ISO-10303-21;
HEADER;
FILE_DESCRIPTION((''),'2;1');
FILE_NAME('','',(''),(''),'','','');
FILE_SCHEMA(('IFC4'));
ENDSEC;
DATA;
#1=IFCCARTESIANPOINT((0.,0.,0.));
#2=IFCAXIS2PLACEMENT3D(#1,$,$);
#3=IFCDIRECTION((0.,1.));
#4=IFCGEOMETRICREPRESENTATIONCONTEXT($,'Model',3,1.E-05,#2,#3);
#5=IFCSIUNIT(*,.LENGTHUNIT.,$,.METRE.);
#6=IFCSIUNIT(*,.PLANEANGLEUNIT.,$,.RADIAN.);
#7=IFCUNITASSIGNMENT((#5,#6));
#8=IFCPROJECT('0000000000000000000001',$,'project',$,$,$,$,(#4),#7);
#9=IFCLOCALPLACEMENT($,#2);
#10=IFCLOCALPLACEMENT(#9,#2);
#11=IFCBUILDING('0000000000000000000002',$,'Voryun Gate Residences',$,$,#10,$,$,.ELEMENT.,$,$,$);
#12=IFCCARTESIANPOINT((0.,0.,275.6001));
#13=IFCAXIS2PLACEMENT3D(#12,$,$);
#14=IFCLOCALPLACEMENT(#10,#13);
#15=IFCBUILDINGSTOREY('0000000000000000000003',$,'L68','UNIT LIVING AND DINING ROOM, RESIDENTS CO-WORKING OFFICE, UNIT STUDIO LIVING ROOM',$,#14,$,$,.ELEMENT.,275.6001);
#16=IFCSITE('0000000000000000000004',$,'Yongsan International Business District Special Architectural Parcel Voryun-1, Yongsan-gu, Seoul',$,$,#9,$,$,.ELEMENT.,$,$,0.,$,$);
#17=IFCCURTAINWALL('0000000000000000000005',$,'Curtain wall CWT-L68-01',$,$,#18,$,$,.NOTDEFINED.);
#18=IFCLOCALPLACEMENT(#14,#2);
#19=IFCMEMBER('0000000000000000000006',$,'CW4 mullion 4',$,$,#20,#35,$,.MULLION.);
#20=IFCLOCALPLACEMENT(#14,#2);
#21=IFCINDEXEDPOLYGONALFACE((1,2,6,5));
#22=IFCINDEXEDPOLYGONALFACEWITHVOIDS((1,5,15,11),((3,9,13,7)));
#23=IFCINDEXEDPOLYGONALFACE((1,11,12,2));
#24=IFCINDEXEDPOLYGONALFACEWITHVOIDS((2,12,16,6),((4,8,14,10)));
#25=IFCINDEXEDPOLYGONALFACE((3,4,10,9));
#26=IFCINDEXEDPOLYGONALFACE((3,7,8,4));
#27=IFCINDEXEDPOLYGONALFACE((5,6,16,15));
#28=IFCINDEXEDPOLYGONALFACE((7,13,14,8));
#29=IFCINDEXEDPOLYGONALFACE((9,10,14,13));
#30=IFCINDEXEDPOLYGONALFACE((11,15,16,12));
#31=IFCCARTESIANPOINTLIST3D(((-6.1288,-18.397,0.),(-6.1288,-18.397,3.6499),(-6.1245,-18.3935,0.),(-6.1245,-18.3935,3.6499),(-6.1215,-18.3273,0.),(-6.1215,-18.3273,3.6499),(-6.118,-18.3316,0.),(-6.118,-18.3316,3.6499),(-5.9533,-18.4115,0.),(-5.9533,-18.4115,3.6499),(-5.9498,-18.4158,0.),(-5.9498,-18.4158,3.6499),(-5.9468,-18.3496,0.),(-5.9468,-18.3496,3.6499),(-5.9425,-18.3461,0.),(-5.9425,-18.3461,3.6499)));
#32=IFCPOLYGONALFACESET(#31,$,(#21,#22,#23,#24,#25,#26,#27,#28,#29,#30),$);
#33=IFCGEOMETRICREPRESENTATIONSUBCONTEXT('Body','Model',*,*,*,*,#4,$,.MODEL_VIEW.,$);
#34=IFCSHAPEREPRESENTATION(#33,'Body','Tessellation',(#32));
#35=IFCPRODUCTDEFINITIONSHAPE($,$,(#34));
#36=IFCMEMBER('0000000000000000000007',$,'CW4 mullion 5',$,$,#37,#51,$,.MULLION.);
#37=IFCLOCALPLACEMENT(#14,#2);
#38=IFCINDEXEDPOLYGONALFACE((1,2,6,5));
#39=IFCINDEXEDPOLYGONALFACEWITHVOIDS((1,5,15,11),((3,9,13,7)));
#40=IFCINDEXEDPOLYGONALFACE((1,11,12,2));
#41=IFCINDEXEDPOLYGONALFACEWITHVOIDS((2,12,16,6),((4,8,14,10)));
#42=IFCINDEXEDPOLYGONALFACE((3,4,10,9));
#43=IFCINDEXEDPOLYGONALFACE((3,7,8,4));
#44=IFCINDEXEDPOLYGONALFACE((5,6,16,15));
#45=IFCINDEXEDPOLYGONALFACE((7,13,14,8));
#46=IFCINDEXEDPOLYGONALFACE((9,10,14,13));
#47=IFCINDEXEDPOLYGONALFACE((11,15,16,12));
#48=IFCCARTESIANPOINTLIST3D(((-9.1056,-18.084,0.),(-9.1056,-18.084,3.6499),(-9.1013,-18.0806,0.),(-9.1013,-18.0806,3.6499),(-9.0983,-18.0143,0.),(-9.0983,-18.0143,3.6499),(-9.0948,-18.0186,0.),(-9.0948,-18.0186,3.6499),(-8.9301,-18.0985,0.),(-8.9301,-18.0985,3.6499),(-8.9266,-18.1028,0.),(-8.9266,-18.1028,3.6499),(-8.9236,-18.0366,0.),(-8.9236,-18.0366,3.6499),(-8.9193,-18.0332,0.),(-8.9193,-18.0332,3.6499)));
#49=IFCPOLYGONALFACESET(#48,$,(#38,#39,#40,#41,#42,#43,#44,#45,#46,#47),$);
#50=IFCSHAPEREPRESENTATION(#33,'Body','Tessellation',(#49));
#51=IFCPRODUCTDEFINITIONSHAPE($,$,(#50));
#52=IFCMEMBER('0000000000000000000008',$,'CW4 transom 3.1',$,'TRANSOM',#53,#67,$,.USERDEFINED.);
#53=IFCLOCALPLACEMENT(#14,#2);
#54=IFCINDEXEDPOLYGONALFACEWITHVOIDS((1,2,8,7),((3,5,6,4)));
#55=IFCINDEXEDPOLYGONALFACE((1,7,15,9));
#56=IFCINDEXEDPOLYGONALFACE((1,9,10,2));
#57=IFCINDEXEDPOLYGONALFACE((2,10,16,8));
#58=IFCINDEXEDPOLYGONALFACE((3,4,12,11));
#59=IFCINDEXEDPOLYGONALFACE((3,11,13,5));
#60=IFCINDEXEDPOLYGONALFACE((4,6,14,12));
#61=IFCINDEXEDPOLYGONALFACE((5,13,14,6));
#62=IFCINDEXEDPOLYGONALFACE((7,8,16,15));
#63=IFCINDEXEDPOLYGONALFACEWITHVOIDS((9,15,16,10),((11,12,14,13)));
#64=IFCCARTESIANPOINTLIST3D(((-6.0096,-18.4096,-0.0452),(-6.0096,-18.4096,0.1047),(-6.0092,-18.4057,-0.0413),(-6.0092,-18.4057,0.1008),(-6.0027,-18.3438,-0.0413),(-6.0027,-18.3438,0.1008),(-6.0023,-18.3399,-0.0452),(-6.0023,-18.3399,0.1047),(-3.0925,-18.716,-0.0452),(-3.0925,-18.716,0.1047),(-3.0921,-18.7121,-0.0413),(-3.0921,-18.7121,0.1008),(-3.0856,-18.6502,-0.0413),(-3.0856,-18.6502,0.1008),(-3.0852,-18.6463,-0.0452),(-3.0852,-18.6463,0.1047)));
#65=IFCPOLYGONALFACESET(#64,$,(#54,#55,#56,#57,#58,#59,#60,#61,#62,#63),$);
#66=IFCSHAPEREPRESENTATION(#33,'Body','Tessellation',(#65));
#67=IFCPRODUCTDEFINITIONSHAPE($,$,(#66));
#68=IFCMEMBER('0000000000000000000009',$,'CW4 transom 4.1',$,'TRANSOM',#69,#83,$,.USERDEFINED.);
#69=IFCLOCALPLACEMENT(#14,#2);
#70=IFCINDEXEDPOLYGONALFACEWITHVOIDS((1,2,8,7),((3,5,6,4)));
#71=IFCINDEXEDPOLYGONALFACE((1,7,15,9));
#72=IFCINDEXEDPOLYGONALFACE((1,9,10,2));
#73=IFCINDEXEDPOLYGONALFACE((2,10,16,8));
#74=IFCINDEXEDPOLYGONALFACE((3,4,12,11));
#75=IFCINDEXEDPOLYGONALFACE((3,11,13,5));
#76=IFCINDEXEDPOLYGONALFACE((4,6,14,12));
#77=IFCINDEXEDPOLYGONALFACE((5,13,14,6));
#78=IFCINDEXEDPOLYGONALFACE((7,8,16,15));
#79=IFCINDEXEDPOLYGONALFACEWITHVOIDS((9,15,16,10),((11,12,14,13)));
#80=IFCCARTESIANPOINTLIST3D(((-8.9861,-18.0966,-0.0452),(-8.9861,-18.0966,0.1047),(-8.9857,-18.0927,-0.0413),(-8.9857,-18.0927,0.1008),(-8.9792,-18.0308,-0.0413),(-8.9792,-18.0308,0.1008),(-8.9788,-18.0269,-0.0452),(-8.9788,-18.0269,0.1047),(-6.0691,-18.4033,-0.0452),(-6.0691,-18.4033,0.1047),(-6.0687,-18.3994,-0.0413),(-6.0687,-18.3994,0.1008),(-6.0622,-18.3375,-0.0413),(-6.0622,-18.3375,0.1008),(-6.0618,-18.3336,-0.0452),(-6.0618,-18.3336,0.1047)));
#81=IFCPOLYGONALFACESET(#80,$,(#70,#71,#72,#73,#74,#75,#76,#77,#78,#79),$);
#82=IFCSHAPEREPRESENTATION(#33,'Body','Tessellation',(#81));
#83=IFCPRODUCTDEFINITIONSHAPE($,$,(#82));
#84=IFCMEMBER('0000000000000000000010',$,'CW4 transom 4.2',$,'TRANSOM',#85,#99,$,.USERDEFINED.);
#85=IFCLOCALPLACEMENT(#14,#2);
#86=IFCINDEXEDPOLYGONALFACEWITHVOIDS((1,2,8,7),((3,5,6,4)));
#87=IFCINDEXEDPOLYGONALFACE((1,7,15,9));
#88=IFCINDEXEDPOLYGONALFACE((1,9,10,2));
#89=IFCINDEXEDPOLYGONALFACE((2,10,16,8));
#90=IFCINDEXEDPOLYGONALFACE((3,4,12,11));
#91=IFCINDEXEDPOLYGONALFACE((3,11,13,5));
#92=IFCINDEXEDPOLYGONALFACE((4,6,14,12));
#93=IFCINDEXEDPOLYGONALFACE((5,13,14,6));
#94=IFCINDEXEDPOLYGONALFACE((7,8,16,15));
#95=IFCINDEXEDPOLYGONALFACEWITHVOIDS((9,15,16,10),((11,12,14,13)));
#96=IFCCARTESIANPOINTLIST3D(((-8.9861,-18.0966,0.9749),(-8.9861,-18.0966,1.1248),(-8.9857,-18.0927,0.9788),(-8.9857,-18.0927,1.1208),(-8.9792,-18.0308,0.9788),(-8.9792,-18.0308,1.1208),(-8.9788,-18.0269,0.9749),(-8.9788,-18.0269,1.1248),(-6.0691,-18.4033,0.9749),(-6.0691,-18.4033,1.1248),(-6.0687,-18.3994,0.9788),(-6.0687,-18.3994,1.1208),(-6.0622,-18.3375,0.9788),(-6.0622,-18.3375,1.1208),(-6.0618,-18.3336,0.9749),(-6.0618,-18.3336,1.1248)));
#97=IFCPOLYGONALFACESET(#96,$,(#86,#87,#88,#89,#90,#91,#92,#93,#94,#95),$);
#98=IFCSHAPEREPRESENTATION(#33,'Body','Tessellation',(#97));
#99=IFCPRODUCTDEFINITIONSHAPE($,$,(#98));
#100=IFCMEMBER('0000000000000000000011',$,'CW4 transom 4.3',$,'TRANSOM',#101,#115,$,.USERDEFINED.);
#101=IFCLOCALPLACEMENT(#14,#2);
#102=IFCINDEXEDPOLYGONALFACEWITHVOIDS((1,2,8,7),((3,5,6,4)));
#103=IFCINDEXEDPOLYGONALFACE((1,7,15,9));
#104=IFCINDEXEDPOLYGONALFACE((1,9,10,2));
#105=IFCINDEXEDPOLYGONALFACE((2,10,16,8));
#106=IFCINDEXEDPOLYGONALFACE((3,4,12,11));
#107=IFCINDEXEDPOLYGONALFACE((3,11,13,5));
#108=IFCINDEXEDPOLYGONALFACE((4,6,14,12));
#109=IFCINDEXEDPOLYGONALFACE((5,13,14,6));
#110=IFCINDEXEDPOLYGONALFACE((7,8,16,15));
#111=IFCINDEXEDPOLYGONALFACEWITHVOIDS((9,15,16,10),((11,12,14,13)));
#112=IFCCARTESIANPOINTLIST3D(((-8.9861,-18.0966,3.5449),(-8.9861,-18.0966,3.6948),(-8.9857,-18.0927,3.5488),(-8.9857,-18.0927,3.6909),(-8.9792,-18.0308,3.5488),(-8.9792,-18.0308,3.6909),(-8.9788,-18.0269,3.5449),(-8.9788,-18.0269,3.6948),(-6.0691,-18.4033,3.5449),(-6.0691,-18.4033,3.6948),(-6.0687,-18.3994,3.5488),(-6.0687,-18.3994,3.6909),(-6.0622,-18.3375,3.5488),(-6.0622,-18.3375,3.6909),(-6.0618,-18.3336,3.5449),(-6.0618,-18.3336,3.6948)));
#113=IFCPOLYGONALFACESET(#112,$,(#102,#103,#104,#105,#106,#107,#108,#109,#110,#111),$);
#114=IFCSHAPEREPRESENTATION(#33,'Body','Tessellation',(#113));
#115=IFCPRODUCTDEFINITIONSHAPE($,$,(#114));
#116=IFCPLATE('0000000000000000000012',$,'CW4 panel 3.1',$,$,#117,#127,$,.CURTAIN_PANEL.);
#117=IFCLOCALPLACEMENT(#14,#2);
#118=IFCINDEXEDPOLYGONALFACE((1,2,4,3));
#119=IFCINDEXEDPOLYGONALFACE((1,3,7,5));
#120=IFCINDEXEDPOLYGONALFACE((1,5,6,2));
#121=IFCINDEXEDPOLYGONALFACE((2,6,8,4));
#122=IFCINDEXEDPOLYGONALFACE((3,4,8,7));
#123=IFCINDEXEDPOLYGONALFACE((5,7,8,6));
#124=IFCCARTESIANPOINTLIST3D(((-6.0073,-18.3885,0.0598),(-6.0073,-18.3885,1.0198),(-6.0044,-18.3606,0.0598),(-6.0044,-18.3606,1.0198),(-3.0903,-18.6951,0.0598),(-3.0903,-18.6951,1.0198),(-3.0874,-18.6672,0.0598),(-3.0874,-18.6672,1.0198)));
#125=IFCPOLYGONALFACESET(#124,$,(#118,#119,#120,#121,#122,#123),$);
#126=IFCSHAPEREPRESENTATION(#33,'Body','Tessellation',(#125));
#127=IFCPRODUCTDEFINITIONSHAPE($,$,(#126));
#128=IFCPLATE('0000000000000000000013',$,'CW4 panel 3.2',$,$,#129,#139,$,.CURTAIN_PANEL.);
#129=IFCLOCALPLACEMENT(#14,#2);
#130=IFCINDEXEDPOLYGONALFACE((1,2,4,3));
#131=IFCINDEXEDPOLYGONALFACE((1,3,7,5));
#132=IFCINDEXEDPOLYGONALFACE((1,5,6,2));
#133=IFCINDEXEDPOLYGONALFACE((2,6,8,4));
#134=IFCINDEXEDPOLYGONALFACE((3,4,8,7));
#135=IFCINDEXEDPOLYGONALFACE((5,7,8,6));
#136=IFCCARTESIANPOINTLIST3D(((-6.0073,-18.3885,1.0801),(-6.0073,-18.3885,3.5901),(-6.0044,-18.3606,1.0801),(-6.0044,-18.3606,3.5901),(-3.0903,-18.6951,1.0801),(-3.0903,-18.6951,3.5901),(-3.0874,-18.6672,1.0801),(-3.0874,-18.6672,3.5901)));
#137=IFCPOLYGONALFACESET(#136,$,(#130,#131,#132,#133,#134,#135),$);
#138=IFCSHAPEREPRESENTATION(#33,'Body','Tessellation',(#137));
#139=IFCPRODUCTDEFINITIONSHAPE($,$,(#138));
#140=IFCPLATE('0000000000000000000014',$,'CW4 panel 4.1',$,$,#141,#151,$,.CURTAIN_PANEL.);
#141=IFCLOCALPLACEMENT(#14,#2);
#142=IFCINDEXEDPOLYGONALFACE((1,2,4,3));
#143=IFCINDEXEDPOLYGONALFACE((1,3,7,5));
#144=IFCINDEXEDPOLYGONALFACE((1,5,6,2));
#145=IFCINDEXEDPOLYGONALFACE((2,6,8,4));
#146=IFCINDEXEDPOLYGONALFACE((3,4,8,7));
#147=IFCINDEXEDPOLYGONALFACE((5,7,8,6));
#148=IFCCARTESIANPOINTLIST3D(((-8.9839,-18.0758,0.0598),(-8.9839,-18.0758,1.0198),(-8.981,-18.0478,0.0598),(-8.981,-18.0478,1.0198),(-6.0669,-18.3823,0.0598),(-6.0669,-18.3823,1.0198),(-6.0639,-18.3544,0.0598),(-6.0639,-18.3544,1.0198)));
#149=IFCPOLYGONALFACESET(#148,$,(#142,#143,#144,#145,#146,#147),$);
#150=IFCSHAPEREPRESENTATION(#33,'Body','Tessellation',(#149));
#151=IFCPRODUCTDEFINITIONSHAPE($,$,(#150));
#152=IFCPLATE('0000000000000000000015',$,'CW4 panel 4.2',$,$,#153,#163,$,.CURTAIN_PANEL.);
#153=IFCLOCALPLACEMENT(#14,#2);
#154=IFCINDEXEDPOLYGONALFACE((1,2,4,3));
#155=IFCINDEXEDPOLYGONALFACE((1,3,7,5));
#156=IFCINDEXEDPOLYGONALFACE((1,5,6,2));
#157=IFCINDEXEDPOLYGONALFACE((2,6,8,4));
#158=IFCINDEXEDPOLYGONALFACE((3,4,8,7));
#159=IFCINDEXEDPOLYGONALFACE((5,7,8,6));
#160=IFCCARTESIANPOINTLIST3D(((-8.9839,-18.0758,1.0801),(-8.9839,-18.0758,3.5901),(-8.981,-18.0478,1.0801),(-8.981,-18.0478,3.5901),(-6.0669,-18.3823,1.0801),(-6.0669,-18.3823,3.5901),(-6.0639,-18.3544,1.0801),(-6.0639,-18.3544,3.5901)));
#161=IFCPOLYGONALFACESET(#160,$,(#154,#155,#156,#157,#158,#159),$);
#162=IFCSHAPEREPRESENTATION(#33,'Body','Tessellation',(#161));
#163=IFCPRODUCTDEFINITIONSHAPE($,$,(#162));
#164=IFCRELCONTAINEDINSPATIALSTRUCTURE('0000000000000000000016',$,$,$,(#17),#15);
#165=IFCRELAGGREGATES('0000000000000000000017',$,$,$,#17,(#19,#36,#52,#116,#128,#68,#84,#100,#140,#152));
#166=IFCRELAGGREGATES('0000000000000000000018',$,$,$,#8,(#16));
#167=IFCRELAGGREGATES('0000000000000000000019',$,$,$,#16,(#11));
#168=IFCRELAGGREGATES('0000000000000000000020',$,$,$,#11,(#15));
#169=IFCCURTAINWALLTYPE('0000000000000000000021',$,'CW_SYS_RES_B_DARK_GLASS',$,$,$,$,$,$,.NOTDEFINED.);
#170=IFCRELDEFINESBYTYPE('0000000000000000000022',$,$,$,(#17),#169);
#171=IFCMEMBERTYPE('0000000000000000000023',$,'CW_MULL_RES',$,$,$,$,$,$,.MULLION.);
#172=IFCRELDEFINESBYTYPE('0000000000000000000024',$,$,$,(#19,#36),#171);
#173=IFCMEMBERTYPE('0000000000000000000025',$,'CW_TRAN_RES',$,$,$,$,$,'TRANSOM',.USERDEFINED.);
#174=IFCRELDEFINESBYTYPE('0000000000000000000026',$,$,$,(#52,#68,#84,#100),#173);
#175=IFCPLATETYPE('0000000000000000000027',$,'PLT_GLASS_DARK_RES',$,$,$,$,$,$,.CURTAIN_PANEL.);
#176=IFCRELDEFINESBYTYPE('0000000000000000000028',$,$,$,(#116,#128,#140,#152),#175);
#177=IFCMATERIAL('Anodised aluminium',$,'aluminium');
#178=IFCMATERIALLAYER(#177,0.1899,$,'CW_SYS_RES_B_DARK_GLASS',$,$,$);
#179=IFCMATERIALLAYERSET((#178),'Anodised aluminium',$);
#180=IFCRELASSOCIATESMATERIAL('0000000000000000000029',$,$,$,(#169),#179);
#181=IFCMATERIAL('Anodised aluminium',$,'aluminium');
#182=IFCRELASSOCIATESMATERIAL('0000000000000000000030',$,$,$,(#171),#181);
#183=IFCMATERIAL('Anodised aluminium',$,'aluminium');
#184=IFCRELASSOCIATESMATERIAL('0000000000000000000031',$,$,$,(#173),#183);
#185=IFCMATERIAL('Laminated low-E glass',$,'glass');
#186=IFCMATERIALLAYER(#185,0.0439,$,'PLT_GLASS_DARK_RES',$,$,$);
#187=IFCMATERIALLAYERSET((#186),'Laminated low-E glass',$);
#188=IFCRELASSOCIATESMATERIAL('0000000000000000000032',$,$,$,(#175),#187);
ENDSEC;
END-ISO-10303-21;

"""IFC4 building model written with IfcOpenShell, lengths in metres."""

from ifc_helpers import new_model, si_unit, direction, frame, origin, origin_2d, place, context, subcontext, project, spatial, rectangle, hollow_rectangle, extrude, material, layer, layer_set, material_profile, profile_set, type_object, element, aggregate, save


model = new_model("IFC4")

# Units and contexts
model_context = context("Model", 3, precision=1e-05, world=origin(), true_north=direction((0.0, 1.0)))
body_context = subcontext(model_context, "Body", "Model", "MODEL_VIEW")
ifc_project = project(units=[si_unit("LENGTHUNIT", "METRE"), si_unit("PLANEANGLEUNIT", "RADIAN")], contexts=[model_context])

# Site, building, storey
site_placement = place(None, origin())
site = spatial("IfcSite", under=ifc_project, at=site_placement, Name="Yongsan International Business District Special Architectural Parcel Voryun-1, Yongsan-gu, Seoul", CompositionType="ELEMENT", RefElevation=0.0)
building_placement = place(site_placement, origin())
building = spatial("IfcBuilding", under=site, at=building_placement, Name="Voryun Gate Residences", CompositionType="ELEMENT")
storey_placement = place(building_placement, frame((0.0, 0.0, 275.6001)))
storey = spatial("IfcBuildingStorey", under=building, at=storey_placement, Name="L68", Description="UNIT LIVING AND DINING ROOM, RESIDENTS CO-WORKING OFFICE, UNIT STUDIO LIVING ROOM", CompositionType="ELEMENT", Elevation=275.6001)

# Curtain wall, members, plates
ifc_material_1 = material(Name="Anodised aluminium", Category="aluminium")
ifc_layer_1 = layer(ifc_material_1, 0.1899, Name="CW_SYS_RES_B_DARK_GLASS")
ifc_layer_set_1 = layer_set([ifc_layer_1], Name="Anodised aluminium")
curtain_wall_type = type_object("IfcCurtainWallType", Name="CW_SYS_RES_B_DARK_GLASS", PredefinedType="NOTDEFINED", material=ifc_layer_set_1)
curtain_wall_placement = place(storey_placement, origin())
curtain_wall = element("IfcCurtainWall", 1, at=curtain_wall_placement, inside=storey, type_object=curtain_wall_type, Name="Curtain wall CWT-L68-01", PredefinedType="NOTDEFINED")
ifc_material_2 = material(Name="Anodised aluminium", Category="aluminium")
ifc_material_profile_1 = material_profile(ifc_material_2, hollow_rectangle(XDim=0.0701, YDim=0.1799, WallThickness=0.0039, at=origin_2d()), Name="ALU-MULL-180x70x4")
ifc_profile_set_1 = profile_set([ifc_material_profile_1], Name="Anodised aluminium")
member_type_1 = type_object("IfcMemberType", Name="CW_MULL_RES", PredefinedType="MULLION", material=ifc_profile_set_1)
member_1_placement = place(storey_placement, frame((-6.0356, -18.3716, 0.0), z_axis=(0.0, 0.0, 1.0), x_axis=(-0.104529, -0.994522, 0.0)))
member_1 = element("IfcMember", 2, at=member_1_placement, type_object=member_type_1, Name="CW4 mullion 4", PredefinedType="MULLION", context=body_context, shape_type="SweptSolid", body=[
    extrude(hollow_rectangle(XDim=0.0701, YDim=0.1799, WallThickness=0.0039, at=origin_2d()), origin(), (0.0, 0.0, 1.0), 3.6499),
])
member_2_placement = place(storey_placement, frame((-9.0125, -18.0586, 0.0), z_axis=(0.0, 0.0, 1.0), x_axis=(-0.104529, -0.994522, 0.0)))
member_2 = element("IfcMember", 3, at=member_2_placement, type_object=member_type_1, Name="CW4 mullion 5", PredefinedType="MULLION", context=body_context, shape_type="SweptSolid", body=[
    extrude(hollow_rectangle(XDim=0.0701, YDim=0.1799, WallThickness=0.0039, at=origin_2d()), origin(), (0.0, 0.0, 1.0), 3.6499),
])
ifc_material_3 = material(Name="Anodised aluminium", Category="aluminium")
ifc_material_profile_2 = material_profile(ifc_material_3, hollow_rectangle(XDim=0.0701, YDim=0.1499, WallThickness=0.0039, at=origin_2d()), Name="ALU-TRAN-150x70x4")
ifc_profile_set_2 = profile_set([ifc_material_profile_2], Name="Anodised aluminium")
member_type_2 = type_object("IfcMemberType", Name="CW_TRAN_RES", ElementType="TRANSOM", PredefinedType="USERDEFINED", material=ifc_profile_set_2)
member_3_placement = place(storey_placement, frame((-3.0889, -18.6812, 0.0298), z_axis=(-0.994529, 0.104464, 0.0), x_axis=(-0.104464, -0.994529, 0.0)))
member_3 = element("IfcMember", 4, at=member_3_placement, type_object=member_type_2, Name="CW4 transom 3.1", ObjectType="TRANSOM", PredefinedType="USERDEFINED", context=body_context, shape_type="SweptSolid", body=[
    extrude(hollow_rectangle(XDim=0.0701, YDim=0.1499, WallThickness=0.0039, at=origin_2d()), origin(), (0.0, 0.0, 1.0), 2.9331),
])
member_4_placement = place(storey_placement, frame((-6.0654, -18.3684, 0.0298), z_axis=(-0.99452, 0.104546, 0.0), x_axis=(-0.104546, -0.99452, 0.0)))
member_4 = element("IfcMember", 5, at=member_4_placement, type_object=member_type_2, Name="CW4 transom 4.1", ObjectType="TRANSOM", PredefinedType="USERDEFINED", context=body_context, shape_type="SweptSolid", body=[
    extrude(hollow_rectangle(XDim=0.0701, YDim=0.1499, WallThickness=0.0039, at=origin_2d()), origin(), (0.0, 0.0, 1.0), 2.9331),
])
member_5_placement = place(storey_placement, frame((-6.0654, -18.3684, 1.0498), z_axis=(-0.99452, 0.104546, 0.0), x_axis=(-0.104546, -0.99452, 0.0)))
member_5 = element("IfcMember", 6, at=member_5_placement, type_object=member_type_2, Name="CW4 transom 4.2", ObjectType="TRANSOM", PredefinedType="USERDEFINED", context=body_context, shape_type="SweptSolid", body=[
    extrude(hollow_rectangle(XDim=0.0701, YDim=0.1499, WallThickness=0.0039, at=origin_2d()), origin(), (0.0, 0.0, 1.0), 2.9331),
])
member_6_placement = place(storey_placement, frame((-6.0654, -18.3684, 3.6199), z_axis=(-0.99452, 0.104546, 0.0), x_axis=(-0.104546, -0.99452, 0.0)))
member_6 = element("IfcMember", 7, at=member_6_placement, type_object=member_type_2, Name="CW4 transom 4.3", ObjectType="TRANSOM", PredefinedType="USERDEFINED", context=body_context, shape_type="SweptSolid", body=[
    extrude(hollow_rectangle(XDim=0.0701, YDim=0.1499, WallThickness=0.0039, at=origin_2d()), origin(), (0.0, 0.0, 1.0), 2.9331),
])
ifc_material_4 = material(Name="Laminated low-E glass", Category="glass")
ifc_layer_2 = layer(ifc_material_4, 0.0439, Name="PLT_GLASS_DARK_RES")
ifc_layer_set_2 = layer_set([ifc_layer_2], Name="Laminated low-E glass")
plate_type = type_object("IfcPlateType", Name="PLT_GLASS_DARK_RES", PredefinedType="CURTAIN_PANEL", material=ifc_layer_set_2)
plate_1_placement = place(storey_placement, frame((-4.5474, -18.5278, 0.0598), z_axis=(0.0, 0.0, 1.0), x_axis=(-0.994522, 0.104529, 0.0)))
plate_1 = element("IfcPlate", 8, at=plate_1_placement, type_object=plate_type, Name="CW4 panel 3.1", PredefinedType="CURTAIN_PANEL", context=body_context, shape_type="SweptSolid", body=[
    extrude(rectangle(XDim=2.9331, YDim=0.0281, at=origin_2d()), origin(), (0.0, 0.0, 1.0), 0.96),
])
plate_2_placement = place(storey_placement, frame((-4.5474, -18.5278, 1.0801), z_axis=(0.0, 0.0, 1.0), x_axis=(-0.994522, 0.104529, 0.0)))
plate_2 = element("IfcPlate", 9, at=plate_2_placement, type_object=plate_type, Name="CW4 panel 3.2", PredefinedType="CURTAIN_PANEL", context=body_context, shape_type="SweptSolid", body=[
    extrude(rectangle(XDim=2.9331, YDim=0.0281, at=origin_2d()), origin(), (0.0, 0.0, 1.0), 2.51),
])
plate_3_placement = place(storey_placement, frame((-7.5239, -18.2151, 0.0598), z_axis=(0.0, 0.0, 1.0), x_axis=(-0.994522, 0.104529, 0.0)))
plate_3 = element("IfcPlate", 10, at=plate_3_placement, type_object=plate_type, Name="CW4 panel 4.1", PredefinedType="CURTAIN_PANEL", context=body_context, shape_type="SweptSolid", body=[
    extrude(rectangle(XDim=2.9331, YDim=0.0281, at=origin_2d()), origin(), (0.0, 0.0, 1.0), 0.96),
])
plate_4_placement = place(storey_placement, frame((-7.5239, -18.2151, 1.0801), z_axis=(0.0, 0.0, 1.0), x_axis=(-0.994522, 0.104529, 0.0)))
plate_4 = element("IfcPlate", 11, at=plate_4_placement, type_object=plate_type, Name="CW4 panel 4.2", PredefinedType="CURTAIN_PANEL", context=body_context, shape_type="SweptSolid", body=[
    extrude(rectangle(XDim=2.9331, YDim=0.0281, at=origin_2d()), origin(), (0.0, 0.0, 1.0), 2.51),
])
aggregate(curtain_wall, [member_1, member_2, member_3, plate_1, plate_2, member_4, member_5, member_6, plate_3, plate_4])

save(model, "model.ifc")
